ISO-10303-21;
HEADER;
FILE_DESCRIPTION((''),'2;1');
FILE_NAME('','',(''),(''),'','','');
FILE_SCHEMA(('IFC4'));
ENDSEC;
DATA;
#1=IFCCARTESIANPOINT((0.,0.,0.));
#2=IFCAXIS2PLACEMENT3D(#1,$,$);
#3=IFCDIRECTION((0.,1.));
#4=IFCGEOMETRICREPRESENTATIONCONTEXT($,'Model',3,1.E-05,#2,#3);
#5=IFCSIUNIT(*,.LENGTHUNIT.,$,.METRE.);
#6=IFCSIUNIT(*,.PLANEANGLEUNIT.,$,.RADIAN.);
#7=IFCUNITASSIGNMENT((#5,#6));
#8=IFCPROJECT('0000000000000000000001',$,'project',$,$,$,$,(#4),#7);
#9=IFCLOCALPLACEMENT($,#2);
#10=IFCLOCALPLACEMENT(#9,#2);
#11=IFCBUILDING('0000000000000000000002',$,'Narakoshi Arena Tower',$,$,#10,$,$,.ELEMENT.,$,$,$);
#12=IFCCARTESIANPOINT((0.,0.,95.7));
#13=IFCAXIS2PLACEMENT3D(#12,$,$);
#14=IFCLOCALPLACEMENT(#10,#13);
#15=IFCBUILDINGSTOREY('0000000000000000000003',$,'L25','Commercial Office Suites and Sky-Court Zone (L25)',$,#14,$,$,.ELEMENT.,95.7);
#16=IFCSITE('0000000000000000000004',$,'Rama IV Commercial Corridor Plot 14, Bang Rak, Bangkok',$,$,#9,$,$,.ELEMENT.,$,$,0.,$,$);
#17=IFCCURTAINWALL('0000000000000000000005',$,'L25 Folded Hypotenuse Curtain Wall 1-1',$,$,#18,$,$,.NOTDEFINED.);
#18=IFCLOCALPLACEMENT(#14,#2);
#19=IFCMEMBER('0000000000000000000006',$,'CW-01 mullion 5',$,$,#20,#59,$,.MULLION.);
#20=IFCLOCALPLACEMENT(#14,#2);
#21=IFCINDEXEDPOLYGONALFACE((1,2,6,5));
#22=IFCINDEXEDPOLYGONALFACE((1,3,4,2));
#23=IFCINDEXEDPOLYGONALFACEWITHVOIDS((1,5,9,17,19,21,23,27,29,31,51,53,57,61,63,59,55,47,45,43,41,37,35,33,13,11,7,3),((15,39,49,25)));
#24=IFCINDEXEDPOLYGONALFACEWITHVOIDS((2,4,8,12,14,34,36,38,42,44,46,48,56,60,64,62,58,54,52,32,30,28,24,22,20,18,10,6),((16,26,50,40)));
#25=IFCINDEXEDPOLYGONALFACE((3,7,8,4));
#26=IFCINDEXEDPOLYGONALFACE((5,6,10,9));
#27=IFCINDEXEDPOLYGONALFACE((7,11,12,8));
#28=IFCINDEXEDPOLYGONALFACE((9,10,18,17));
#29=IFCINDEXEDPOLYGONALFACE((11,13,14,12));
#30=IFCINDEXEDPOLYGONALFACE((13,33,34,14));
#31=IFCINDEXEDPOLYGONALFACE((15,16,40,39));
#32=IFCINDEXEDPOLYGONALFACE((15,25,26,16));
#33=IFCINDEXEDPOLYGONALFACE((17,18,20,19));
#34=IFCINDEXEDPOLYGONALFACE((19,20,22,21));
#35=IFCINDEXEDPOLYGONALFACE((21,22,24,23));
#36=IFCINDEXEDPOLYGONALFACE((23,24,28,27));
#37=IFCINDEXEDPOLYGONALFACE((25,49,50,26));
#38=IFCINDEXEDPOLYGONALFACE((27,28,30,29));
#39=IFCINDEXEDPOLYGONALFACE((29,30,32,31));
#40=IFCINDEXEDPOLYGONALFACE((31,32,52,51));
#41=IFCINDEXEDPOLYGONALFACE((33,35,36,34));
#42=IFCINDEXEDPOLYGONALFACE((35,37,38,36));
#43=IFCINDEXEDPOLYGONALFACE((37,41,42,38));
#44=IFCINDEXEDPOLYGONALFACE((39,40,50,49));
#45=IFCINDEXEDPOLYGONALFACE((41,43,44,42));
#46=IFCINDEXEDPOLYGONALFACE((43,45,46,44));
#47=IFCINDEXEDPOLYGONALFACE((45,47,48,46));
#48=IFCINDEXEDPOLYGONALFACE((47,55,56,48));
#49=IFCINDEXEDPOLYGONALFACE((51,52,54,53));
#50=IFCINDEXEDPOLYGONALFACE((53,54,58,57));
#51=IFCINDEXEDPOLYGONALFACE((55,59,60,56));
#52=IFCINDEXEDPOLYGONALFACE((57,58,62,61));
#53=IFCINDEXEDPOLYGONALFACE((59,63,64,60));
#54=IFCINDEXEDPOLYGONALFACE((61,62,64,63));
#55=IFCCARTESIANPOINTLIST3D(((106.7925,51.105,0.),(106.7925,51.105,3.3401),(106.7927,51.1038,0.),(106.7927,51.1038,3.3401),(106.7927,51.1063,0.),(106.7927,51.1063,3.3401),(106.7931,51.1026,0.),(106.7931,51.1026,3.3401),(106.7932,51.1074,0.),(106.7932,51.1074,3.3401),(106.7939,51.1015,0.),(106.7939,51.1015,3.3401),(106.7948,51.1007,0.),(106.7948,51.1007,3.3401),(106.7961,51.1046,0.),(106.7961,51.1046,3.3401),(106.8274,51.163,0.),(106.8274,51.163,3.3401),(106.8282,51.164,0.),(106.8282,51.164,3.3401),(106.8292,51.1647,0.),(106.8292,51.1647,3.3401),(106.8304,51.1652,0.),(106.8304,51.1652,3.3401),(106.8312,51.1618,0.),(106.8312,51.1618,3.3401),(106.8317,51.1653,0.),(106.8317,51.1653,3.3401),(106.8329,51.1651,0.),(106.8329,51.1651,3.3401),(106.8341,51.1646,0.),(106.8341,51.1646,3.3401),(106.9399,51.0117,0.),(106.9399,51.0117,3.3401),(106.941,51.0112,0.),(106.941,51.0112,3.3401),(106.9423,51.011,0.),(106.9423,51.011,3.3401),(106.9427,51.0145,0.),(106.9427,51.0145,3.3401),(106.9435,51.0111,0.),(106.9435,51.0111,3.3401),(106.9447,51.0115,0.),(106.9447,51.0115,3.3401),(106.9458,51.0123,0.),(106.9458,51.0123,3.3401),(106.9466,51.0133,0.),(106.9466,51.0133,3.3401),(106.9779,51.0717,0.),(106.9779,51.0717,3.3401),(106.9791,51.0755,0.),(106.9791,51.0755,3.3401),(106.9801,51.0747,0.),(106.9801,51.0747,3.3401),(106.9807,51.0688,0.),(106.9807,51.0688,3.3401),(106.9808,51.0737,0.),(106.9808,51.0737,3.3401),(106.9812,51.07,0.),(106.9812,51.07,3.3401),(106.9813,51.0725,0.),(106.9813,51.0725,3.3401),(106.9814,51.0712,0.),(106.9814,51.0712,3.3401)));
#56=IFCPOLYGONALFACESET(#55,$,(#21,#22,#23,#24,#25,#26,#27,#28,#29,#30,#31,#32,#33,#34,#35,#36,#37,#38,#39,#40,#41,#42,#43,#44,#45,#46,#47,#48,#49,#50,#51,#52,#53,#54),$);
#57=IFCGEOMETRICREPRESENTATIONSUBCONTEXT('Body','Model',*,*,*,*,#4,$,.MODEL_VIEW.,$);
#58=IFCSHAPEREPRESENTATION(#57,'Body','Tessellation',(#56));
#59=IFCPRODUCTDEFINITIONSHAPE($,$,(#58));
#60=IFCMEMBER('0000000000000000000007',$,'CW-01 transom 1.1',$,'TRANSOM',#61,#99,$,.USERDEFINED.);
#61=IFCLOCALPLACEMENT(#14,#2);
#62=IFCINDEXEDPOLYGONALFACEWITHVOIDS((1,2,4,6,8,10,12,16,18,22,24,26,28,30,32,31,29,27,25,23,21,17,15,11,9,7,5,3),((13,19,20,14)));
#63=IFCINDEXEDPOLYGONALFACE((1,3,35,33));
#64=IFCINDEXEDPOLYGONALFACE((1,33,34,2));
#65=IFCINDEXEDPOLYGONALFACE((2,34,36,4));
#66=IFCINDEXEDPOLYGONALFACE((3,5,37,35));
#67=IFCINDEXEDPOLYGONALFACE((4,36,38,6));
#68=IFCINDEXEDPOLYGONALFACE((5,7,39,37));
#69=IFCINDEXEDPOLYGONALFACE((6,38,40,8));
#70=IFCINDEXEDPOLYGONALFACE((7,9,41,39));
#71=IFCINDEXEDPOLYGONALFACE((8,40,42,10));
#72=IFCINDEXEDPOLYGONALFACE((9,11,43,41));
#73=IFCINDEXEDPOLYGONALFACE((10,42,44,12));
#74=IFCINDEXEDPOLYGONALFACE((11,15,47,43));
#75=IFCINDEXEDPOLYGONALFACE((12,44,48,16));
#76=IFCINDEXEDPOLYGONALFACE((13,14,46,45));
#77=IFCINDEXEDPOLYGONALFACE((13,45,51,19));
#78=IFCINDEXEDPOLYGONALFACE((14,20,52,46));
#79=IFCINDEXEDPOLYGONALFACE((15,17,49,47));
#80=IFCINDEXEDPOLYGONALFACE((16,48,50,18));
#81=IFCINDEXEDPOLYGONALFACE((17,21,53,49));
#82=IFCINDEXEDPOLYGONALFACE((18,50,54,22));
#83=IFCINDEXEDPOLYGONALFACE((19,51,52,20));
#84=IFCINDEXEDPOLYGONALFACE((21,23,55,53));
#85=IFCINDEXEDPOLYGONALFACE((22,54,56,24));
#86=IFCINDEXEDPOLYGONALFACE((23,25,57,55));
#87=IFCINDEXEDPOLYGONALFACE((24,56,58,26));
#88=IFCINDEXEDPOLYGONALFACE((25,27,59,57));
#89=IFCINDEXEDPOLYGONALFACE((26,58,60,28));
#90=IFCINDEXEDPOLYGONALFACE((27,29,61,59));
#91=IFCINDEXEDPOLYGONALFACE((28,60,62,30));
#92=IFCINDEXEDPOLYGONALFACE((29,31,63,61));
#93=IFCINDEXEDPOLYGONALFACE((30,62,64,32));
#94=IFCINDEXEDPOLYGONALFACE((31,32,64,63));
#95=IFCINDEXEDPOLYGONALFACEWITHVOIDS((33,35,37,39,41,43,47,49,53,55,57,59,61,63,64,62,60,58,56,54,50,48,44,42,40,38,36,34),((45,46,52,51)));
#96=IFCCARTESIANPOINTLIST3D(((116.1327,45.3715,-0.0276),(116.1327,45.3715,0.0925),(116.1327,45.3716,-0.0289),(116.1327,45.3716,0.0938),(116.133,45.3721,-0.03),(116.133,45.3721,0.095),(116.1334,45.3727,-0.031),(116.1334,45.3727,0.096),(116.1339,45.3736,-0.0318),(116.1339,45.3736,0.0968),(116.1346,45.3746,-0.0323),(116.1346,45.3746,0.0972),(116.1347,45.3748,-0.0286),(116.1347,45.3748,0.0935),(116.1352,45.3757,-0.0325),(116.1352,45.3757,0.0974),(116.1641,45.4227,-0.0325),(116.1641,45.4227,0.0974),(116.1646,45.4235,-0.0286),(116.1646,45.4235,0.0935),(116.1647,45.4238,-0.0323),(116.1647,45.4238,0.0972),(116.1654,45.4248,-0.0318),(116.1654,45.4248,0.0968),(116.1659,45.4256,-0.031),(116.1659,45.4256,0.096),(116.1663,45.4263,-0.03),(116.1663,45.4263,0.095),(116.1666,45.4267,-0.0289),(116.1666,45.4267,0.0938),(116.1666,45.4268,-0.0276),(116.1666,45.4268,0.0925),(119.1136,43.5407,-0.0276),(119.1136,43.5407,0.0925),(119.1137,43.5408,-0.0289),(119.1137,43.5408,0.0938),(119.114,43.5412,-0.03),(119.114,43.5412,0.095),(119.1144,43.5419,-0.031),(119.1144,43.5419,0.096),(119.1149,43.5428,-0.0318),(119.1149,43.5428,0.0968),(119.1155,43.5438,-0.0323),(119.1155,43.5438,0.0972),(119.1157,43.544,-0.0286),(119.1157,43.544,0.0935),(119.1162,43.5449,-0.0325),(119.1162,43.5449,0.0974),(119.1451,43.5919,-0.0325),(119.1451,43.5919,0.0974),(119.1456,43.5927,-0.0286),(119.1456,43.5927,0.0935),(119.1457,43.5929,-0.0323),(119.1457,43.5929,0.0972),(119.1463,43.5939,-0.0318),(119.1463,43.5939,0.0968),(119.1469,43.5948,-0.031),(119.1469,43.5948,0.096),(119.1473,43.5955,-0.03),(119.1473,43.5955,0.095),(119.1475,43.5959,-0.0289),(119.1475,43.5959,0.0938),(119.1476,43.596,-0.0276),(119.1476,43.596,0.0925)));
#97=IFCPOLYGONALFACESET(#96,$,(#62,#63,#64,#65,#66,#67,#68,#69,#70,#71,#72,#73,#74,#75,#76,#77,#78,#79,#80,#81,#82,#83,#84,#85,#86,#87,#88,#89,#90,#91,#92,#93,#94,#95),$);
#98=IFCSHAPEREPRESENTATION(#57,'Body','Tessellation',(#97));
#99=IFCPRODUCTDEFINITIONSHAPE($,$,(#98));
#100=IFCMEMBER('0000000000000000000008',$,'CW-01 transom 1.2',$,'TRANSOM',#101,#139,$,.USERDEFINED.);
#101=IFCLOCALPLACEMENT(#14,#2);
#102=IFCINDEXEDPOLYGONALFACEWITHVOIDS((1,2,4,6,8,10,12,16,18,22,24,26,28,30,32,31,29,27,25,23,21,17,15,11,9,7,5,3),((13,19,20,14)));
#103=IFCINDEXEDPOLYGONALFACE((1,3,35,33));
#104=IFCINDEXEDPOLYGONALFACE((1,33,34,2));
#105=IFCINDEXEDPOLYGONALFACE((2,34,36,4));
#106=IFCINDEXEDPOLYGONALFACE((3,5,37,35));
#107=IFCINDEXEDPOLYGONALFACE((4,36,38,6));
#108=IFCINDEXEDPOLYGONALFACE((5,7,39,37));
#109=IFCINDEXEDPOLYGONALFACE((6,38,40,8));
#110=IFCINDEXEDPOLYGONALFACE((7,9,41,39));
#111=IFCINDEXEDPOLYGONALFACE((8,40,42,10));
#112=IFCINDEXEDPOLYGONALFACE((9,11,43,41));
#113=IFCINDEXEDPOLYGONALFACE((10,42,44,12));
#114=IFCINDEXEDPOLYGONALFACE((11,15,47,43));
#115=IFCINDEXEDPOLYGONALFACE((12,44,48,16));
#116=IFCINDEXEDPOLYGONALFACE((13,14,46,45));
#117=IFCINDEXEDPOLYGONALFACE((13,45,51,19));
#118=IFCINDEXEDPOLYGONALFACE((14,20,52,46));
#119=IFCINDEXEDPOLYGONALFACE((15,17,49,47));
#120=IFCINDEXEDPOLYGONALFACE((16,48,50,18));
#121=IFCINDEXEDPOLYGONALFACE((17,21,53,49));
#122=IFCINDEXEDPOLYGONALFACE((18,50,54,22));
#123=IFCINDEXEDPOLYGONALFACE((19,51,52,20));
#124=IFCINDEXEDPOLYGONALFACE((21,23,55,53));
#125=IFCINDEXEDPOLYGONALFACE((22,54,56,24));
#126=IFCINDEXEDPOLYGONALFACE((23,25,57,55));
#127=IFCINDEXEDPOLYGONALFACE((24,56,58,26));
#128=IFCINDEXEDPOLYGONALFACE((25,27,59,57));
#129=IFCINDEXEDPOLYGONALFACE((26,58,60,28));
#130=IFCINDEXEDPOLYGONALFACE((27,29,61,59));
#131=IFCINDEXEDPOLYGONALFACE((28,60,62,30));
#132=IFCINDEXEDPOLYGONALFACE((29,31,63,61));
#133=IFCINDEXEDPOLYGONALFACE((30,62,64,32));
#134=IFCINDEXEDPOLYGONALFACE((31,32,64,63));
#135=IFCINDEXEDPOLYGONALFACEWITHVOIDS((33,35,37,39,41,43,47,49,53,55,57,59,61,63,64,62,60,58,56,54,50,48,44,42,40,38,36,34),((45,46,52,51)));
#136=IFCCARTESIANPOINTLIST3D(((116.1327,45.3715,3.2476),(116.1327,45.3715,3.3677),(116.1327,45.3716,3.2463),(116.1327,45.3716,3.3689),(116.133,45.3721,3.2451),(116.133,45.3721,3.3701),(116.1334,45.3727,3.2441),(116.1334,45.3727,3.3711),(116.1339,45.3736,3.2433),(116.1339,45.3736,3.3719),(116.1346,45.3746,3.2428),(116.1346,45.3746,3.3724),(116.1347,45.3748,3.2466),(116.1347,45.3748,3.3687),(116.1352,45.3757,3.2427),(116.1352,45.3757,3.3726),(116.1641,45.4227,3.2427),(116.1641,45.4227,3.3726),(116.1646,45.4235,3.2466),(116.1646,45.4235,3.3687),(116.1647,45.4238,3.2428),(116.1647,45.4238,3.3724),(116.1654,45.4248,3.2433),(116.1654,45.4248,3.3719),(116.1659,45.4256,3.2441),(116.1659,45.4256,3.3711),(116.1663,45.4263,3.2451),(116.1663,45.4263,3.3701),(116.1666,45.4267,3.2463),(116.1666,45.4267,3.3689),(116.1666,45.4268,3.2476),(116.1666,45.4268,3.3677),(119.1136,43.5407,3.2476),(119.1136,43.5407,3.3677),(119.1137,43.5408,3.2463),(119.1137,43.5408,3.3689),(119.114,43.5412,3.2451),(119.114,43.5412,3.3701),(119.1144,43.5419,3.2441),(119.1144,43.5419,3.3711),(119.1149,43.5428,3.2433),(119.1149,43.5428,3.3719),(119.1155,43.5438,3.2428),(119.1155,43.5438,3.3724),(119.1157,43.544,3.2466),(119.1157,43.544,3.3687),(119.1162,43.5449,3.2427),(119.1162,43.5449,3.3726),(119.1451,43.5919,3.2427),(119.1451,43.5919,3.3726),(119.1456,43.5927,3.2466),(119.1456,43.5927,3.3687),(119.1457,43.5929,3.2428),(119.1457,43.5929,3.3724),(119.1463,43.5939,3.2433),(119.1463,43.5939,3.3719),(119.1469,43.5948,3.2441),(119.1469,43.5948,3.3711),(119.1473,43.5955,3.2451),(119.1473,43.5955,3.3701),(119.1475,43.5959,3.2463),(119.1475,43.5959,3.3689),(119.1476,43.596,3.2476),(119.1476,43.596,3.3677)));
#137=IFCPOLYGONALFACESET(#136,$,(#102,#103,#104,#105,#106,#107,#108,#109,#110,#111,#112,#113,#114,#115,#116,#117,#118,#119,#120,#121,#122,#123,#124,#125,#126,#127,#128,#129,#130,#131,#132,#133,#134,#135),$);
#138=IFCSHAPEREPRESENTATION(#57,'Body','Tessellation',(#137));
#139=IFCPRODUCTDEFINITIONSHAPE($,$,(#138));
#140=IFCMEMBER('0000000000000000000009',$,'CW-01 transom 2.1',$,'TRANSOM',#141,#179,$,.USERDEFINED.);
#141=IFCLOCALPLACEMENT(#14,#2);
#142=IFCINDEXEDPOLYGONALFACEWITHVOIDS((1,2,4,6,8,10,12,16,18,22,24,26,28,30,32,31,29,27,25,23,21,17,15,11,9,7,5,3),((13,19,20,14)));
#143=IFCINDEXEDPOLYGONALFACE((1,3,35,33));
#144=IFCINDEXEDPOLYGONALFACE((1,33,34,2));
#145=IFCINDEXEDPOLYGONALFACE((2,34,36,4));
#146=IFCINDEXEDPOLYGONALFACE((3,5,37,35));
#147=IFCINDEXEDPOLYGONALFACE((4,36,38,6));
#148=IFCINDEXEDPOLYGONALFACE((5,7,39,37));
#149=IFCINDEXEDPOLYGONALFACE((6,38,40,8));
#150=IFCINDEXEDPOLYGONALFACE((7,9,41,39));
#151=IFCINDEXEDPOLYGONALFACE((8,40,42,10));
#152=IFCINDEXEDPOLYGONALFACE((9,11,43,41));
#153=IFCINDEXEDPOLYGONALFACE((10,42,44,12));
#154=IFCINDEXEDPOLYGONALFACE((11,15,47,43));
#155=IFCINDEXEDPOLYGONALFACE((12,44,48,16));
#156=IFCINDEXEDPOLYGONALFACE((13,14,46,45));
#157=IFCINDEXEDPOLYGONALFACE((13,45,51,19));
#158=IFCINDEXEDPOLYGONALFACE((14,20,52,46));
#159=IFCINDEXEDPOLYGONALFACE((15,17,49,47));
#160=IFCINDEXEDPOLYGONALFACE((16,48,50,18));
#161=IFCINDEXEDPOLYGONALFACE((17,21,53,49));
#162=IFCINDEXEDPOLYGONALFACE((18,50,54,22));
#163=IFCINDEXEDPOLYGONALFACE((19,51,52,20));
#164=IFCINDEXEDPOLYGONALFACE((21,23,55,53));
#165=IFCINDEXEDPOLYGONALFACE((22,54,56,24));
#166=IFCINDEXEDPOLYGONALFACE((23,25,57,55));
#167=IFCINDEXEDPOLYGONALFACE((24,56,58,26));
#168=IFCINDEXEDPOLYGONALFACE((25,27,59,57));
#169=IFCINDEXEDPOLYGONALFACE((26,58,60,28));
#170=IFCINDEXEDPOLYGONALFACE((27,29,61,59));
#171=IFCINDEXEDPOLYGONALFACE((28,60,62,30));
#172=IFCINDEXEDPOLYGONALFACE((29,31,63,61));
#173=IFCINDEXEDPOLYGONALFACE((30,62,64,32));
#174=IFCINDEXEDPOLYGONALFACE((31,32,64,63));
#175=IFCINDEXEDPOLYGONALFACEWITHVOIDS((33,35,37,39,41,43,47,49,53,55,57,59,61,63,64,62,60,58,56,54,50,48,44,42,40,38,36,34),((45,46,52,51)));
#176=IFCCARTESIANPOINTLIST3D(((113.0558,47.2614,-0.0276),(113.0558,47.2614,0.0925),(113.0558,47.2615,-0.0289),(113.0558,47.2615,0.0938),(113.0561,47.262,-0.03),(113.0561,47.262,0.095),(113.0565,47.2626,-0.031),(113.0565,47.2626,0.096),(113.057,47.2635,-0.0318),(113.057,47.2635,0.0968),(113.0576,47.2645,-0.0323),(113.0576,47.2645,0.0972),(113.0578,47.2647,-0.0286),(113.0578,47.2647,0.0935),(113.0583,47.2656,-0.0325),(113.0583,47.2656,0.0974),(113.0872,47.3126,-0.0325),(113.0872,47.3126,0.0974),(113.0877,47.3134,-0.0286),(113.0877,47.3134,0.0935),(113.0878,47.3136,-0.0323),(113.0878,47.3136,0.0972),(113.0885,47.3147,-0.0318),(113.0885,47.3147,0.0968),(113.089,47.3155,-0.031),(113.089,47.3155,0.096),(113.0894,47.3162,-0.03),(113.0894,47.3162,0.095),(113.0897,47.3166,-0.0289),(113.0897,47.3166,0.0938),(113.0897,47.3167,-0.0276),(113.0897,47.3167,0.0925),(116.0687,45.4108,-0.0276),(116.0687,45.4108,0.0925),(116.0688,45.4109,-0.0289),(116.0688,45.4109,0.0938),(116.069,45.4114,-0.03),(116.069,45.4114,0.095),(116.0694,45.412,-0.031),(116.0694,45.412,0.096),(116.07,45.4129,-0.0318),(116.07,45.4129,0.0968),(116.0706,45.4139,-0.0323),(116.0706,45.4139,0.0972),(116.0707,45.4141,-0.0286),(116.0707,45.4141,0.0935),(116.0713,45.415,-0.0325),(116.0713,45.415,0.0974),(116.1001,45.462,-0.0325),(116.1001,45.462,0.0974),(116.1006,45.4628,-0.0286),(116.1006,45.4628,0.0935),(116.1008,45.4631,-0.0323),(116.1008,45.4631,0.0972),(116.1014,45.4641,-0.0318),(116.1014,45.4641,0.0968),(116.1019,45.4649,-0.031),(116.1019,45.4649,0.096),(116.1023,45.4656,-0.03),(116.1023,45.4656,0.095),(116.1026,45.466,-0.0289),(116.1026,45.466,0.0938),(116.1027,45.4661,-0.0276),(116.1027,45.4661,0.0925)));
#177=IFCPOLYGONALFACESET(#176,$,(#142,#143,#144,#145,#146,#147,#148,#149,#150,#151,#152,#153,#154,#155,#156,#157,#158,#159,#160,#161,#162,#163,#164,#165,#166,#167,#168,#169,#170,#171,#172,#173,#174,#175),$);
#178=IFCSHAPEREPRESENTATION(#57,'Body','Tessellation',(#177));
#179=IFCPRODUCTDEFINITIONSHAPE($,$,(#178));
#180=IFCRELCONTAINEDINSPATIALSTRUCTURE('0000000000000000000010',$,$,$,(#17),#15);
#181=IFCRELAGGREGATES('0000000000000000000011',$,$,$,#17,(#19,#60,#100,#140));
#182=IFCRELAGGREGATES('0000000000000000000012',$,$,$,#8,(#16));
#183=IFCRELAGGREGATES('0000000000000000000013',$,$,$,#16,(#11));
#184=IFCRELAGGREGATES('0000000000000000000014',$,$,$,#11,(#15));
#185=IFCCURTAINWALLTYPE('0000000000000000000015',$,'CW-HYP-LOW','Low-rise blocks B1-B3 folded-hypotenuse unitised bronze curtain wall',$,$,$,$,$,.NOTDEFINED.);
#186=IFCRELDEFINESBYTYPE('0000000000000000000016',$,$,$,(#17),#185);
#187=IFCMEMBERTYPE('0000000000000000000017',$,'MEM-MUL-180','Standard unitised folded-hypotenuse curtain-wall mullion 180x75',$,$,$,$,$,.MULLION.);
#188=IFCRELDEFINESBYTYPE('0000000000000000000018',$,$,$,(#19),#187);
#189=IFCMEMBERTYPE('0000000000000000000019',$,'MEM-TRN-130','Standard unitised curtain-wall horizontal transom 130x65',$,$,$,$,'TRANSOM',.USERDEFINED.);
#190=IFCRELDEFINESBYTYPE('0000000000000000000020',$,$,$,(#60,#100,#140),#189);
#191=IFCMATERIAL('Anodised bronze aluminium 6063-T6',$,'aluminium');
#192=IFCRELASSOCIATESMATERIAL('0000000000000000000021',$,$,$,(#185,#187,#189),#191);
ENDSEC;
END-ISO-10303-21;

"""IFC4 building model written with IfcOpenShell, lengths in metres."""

from ifc_helpers import new_model, si_unit, direction, frame, origin, origin_2d, place, context, subcontext, project, spatial, hollow_rectangle, extrude, material, material_profile, profile_set, type_object, element, aggregate, save


model = new_model("IFC4")

# Units and contexts
model_context = context("Model", 3, precision=1e-05, world=origin(), true_north=direction((0.0, 1.0)))
body_context = subcontext(model_context, "Body", "Model", "MODEL_VIEW")
ifc_project = project(units=[si_unit("LENGTHUNIT", "METRE"), si_unit("PLANEANGLEUNIT", "RADIAN")], contexts=[model_context])

# Site, building, storey
site_placement = place(None, origin())
site = spatial("IfcSite", under=ifc_project, at=site_placement, Name="Rama IV Commercial Corridor Plot 14, Bang Rak, Bangkok", CompositionType="ELEMENT", RefElevation=0.0)
building_placement = place(site_placement, origin())
building = spatial("IfcBuilding", under=site, at=building_placement, Name="Narakoshi Arena Tower", CompositionType="ELEMENT")
storey_placement = place(building_placement, frame((0.0, 0.0, 95.7)))
storey = spatial("IfcBuildingStorey", under=building, at=storey_placement, Name="L25", Description="Commercial Office Suites and Sky-Court Zone (L25)", CompositionType="ELEMENT", Elevation=95.7)

# Curtain wall, members
ifc_material_1 = material(Name="Anodised bronze aluminium 6063-T6", Category="aluminium")
curtain_wall_type = type_object("IfcCurtainWallType", Name="CW-HYP-LOW", Description="Low-rise blocks B1-B3 folded-hypotenuse unitised bronze curtain wall", PredefinedType="NOTDEFINED", material=ifc_material_1)
curtain_wall_placement = place(storey_placement, origin())
curtain_wall = element("IfcCurtainWall", 1, at=curtain_wall_placement, inside=storey, type_object=curtain_wall_type, Name="L25 Folded Hypotenuse Curtain Wall 1-1", PredefinedType="NOTDEFINED")
ifc_material_profile_1 = material_profile(ifc_material_1, hollow_rectangle(XDim=0.075, YDim=0.1799, WallThickness=0.0039, OuterFilletRadius=0.0049, at=origin_2d()), Name="MUL180x75x4")
ifc_profile_set_1 = profile_set([ifc_material_profile_1], Name="Anodised bronze aluminium 6063-T6")
member_type_1 = type_object("IfcMemberType", Name="MEM-MUL-180", Description="Standard unitised folded-hypotenuse curtain-wall mullion 180x75", PredefinedType="MULLION", material=ifc_profile_set_1)
member_1_placement = place(storey_placement, frame((106.887, 51.0881, 0.0), z_axis=(0.0, 0.0, 1.0), x_axis=(-0.523358, -0.852113, 0.0)))
member_1 = element("IfcMember", 2, at=member_1_placement, type_object=member_type_1, Name="CW-01 mullion 5", PredefinedType="MULLION", context=body_context, shape_type="SweptSolid", body=[
    extrude(hollow_rectangle(XDim=0.075, YDim=0.1799, WallThickness=0.0039, OuterFilletRadius=0.0049, at=origin_2d()), origin(), (0.0, 0.0, 1.0), 3.3401),
])
ifc_material_profile_2 = material_profile(ifc_material_1, hollow_rectangle(XDim=0.0649, YDim=0.1299, WallThickness=0.0039, OuterFilletRadius=0.0049, at=origin_2d()), Name="TRN130x65x4")
ifc_profile_set_2 = profile_set([ifc_material_profile_2], Name="Anodised bronze aluminium 6063-T6")
member_type_2 = type_object("IfcMemberType", Name="MEM-TRN-130", Description="Standard unitised curtain-wall horizontal transom 130x65", ElementType="TRANSOM", PredefinedType="USERDEFINED", material=ifc_profile_set_2)
member_2_placement = place(storey_placement, frame((119.1306, 43.5684, 0.0325), z_axis=(-0.85212, 0.523346, 0.0), x_axis=(-0.523346, -0.85212, 0.0)))
member_2 = element("IfcMember", 3, at=member_2_placement, type_object=member_type_2, Name="CW-01 transom 1.1", ObjectType="TRANSOM", PredefinedType="USERDEFINED", context=body_context, shape_type="SweptSolid", body=[
    extrude(hollow_rectangle(XDim=0.0649, YDim=0.1299, WallThickness=0.0039, OuterFilletRadius=0.0049, at=origin_2d()), origin(), (0.0, 0.0, 1.0), 3.4983),
])
member_3_placement = place(storey_placement, frame((119.1306, 43.5684, 3.3076), z_axis=(-0.85212, 0.523346, 0.0), x_axis=(-0.523346, -0.85212, 0.0)))
member_3 = element("IfcMember", 4, at=member_3_placement, type_object=member_type_2, Name="CW-01 transom 1.2", ObjectType="TRANSOM", PredefinedType="USERDEFINED", context=body_context, shape_type="SweptSolid", body=[
    extrude(hollow_rectangle(XDim=0.0649, YDim=0.1299, WallThickness=0.0039, OuterFilletRadius=0.0049, at=origin_2d()), origin(), (0.0, 0.0, 1.0), 3.4983),
])
member_4_placement = place(storey_placement, frame((116.0857, 45.4385, 0.0325), z_axis=(-0.852104, 0.523373, 0.0), x_axis=(-0.523373, -0.852104, 0.0)))
member_4 = element("IfcMember", 5, at=member_4_placement, type_object=member_type_2, Name="CW-01 transom 2.1", ObjectType="TRANSOM", PredefinedType="USERDEFINED", context=body_context, shape_type="SweptSolid", body=[
    extrude(hollow_rectangle(XDim=0.0649, YDim=0.1299, WallThickness=0.0039, OuterFilletRadius=0.0049, at=origin_2d()), origin(), (0.0, 0.0, 1.0), 3.5359),
])
aggregate(curtain_wall, [member_1, member_2, member_3, member_4])

save(model, "model.ifc")
